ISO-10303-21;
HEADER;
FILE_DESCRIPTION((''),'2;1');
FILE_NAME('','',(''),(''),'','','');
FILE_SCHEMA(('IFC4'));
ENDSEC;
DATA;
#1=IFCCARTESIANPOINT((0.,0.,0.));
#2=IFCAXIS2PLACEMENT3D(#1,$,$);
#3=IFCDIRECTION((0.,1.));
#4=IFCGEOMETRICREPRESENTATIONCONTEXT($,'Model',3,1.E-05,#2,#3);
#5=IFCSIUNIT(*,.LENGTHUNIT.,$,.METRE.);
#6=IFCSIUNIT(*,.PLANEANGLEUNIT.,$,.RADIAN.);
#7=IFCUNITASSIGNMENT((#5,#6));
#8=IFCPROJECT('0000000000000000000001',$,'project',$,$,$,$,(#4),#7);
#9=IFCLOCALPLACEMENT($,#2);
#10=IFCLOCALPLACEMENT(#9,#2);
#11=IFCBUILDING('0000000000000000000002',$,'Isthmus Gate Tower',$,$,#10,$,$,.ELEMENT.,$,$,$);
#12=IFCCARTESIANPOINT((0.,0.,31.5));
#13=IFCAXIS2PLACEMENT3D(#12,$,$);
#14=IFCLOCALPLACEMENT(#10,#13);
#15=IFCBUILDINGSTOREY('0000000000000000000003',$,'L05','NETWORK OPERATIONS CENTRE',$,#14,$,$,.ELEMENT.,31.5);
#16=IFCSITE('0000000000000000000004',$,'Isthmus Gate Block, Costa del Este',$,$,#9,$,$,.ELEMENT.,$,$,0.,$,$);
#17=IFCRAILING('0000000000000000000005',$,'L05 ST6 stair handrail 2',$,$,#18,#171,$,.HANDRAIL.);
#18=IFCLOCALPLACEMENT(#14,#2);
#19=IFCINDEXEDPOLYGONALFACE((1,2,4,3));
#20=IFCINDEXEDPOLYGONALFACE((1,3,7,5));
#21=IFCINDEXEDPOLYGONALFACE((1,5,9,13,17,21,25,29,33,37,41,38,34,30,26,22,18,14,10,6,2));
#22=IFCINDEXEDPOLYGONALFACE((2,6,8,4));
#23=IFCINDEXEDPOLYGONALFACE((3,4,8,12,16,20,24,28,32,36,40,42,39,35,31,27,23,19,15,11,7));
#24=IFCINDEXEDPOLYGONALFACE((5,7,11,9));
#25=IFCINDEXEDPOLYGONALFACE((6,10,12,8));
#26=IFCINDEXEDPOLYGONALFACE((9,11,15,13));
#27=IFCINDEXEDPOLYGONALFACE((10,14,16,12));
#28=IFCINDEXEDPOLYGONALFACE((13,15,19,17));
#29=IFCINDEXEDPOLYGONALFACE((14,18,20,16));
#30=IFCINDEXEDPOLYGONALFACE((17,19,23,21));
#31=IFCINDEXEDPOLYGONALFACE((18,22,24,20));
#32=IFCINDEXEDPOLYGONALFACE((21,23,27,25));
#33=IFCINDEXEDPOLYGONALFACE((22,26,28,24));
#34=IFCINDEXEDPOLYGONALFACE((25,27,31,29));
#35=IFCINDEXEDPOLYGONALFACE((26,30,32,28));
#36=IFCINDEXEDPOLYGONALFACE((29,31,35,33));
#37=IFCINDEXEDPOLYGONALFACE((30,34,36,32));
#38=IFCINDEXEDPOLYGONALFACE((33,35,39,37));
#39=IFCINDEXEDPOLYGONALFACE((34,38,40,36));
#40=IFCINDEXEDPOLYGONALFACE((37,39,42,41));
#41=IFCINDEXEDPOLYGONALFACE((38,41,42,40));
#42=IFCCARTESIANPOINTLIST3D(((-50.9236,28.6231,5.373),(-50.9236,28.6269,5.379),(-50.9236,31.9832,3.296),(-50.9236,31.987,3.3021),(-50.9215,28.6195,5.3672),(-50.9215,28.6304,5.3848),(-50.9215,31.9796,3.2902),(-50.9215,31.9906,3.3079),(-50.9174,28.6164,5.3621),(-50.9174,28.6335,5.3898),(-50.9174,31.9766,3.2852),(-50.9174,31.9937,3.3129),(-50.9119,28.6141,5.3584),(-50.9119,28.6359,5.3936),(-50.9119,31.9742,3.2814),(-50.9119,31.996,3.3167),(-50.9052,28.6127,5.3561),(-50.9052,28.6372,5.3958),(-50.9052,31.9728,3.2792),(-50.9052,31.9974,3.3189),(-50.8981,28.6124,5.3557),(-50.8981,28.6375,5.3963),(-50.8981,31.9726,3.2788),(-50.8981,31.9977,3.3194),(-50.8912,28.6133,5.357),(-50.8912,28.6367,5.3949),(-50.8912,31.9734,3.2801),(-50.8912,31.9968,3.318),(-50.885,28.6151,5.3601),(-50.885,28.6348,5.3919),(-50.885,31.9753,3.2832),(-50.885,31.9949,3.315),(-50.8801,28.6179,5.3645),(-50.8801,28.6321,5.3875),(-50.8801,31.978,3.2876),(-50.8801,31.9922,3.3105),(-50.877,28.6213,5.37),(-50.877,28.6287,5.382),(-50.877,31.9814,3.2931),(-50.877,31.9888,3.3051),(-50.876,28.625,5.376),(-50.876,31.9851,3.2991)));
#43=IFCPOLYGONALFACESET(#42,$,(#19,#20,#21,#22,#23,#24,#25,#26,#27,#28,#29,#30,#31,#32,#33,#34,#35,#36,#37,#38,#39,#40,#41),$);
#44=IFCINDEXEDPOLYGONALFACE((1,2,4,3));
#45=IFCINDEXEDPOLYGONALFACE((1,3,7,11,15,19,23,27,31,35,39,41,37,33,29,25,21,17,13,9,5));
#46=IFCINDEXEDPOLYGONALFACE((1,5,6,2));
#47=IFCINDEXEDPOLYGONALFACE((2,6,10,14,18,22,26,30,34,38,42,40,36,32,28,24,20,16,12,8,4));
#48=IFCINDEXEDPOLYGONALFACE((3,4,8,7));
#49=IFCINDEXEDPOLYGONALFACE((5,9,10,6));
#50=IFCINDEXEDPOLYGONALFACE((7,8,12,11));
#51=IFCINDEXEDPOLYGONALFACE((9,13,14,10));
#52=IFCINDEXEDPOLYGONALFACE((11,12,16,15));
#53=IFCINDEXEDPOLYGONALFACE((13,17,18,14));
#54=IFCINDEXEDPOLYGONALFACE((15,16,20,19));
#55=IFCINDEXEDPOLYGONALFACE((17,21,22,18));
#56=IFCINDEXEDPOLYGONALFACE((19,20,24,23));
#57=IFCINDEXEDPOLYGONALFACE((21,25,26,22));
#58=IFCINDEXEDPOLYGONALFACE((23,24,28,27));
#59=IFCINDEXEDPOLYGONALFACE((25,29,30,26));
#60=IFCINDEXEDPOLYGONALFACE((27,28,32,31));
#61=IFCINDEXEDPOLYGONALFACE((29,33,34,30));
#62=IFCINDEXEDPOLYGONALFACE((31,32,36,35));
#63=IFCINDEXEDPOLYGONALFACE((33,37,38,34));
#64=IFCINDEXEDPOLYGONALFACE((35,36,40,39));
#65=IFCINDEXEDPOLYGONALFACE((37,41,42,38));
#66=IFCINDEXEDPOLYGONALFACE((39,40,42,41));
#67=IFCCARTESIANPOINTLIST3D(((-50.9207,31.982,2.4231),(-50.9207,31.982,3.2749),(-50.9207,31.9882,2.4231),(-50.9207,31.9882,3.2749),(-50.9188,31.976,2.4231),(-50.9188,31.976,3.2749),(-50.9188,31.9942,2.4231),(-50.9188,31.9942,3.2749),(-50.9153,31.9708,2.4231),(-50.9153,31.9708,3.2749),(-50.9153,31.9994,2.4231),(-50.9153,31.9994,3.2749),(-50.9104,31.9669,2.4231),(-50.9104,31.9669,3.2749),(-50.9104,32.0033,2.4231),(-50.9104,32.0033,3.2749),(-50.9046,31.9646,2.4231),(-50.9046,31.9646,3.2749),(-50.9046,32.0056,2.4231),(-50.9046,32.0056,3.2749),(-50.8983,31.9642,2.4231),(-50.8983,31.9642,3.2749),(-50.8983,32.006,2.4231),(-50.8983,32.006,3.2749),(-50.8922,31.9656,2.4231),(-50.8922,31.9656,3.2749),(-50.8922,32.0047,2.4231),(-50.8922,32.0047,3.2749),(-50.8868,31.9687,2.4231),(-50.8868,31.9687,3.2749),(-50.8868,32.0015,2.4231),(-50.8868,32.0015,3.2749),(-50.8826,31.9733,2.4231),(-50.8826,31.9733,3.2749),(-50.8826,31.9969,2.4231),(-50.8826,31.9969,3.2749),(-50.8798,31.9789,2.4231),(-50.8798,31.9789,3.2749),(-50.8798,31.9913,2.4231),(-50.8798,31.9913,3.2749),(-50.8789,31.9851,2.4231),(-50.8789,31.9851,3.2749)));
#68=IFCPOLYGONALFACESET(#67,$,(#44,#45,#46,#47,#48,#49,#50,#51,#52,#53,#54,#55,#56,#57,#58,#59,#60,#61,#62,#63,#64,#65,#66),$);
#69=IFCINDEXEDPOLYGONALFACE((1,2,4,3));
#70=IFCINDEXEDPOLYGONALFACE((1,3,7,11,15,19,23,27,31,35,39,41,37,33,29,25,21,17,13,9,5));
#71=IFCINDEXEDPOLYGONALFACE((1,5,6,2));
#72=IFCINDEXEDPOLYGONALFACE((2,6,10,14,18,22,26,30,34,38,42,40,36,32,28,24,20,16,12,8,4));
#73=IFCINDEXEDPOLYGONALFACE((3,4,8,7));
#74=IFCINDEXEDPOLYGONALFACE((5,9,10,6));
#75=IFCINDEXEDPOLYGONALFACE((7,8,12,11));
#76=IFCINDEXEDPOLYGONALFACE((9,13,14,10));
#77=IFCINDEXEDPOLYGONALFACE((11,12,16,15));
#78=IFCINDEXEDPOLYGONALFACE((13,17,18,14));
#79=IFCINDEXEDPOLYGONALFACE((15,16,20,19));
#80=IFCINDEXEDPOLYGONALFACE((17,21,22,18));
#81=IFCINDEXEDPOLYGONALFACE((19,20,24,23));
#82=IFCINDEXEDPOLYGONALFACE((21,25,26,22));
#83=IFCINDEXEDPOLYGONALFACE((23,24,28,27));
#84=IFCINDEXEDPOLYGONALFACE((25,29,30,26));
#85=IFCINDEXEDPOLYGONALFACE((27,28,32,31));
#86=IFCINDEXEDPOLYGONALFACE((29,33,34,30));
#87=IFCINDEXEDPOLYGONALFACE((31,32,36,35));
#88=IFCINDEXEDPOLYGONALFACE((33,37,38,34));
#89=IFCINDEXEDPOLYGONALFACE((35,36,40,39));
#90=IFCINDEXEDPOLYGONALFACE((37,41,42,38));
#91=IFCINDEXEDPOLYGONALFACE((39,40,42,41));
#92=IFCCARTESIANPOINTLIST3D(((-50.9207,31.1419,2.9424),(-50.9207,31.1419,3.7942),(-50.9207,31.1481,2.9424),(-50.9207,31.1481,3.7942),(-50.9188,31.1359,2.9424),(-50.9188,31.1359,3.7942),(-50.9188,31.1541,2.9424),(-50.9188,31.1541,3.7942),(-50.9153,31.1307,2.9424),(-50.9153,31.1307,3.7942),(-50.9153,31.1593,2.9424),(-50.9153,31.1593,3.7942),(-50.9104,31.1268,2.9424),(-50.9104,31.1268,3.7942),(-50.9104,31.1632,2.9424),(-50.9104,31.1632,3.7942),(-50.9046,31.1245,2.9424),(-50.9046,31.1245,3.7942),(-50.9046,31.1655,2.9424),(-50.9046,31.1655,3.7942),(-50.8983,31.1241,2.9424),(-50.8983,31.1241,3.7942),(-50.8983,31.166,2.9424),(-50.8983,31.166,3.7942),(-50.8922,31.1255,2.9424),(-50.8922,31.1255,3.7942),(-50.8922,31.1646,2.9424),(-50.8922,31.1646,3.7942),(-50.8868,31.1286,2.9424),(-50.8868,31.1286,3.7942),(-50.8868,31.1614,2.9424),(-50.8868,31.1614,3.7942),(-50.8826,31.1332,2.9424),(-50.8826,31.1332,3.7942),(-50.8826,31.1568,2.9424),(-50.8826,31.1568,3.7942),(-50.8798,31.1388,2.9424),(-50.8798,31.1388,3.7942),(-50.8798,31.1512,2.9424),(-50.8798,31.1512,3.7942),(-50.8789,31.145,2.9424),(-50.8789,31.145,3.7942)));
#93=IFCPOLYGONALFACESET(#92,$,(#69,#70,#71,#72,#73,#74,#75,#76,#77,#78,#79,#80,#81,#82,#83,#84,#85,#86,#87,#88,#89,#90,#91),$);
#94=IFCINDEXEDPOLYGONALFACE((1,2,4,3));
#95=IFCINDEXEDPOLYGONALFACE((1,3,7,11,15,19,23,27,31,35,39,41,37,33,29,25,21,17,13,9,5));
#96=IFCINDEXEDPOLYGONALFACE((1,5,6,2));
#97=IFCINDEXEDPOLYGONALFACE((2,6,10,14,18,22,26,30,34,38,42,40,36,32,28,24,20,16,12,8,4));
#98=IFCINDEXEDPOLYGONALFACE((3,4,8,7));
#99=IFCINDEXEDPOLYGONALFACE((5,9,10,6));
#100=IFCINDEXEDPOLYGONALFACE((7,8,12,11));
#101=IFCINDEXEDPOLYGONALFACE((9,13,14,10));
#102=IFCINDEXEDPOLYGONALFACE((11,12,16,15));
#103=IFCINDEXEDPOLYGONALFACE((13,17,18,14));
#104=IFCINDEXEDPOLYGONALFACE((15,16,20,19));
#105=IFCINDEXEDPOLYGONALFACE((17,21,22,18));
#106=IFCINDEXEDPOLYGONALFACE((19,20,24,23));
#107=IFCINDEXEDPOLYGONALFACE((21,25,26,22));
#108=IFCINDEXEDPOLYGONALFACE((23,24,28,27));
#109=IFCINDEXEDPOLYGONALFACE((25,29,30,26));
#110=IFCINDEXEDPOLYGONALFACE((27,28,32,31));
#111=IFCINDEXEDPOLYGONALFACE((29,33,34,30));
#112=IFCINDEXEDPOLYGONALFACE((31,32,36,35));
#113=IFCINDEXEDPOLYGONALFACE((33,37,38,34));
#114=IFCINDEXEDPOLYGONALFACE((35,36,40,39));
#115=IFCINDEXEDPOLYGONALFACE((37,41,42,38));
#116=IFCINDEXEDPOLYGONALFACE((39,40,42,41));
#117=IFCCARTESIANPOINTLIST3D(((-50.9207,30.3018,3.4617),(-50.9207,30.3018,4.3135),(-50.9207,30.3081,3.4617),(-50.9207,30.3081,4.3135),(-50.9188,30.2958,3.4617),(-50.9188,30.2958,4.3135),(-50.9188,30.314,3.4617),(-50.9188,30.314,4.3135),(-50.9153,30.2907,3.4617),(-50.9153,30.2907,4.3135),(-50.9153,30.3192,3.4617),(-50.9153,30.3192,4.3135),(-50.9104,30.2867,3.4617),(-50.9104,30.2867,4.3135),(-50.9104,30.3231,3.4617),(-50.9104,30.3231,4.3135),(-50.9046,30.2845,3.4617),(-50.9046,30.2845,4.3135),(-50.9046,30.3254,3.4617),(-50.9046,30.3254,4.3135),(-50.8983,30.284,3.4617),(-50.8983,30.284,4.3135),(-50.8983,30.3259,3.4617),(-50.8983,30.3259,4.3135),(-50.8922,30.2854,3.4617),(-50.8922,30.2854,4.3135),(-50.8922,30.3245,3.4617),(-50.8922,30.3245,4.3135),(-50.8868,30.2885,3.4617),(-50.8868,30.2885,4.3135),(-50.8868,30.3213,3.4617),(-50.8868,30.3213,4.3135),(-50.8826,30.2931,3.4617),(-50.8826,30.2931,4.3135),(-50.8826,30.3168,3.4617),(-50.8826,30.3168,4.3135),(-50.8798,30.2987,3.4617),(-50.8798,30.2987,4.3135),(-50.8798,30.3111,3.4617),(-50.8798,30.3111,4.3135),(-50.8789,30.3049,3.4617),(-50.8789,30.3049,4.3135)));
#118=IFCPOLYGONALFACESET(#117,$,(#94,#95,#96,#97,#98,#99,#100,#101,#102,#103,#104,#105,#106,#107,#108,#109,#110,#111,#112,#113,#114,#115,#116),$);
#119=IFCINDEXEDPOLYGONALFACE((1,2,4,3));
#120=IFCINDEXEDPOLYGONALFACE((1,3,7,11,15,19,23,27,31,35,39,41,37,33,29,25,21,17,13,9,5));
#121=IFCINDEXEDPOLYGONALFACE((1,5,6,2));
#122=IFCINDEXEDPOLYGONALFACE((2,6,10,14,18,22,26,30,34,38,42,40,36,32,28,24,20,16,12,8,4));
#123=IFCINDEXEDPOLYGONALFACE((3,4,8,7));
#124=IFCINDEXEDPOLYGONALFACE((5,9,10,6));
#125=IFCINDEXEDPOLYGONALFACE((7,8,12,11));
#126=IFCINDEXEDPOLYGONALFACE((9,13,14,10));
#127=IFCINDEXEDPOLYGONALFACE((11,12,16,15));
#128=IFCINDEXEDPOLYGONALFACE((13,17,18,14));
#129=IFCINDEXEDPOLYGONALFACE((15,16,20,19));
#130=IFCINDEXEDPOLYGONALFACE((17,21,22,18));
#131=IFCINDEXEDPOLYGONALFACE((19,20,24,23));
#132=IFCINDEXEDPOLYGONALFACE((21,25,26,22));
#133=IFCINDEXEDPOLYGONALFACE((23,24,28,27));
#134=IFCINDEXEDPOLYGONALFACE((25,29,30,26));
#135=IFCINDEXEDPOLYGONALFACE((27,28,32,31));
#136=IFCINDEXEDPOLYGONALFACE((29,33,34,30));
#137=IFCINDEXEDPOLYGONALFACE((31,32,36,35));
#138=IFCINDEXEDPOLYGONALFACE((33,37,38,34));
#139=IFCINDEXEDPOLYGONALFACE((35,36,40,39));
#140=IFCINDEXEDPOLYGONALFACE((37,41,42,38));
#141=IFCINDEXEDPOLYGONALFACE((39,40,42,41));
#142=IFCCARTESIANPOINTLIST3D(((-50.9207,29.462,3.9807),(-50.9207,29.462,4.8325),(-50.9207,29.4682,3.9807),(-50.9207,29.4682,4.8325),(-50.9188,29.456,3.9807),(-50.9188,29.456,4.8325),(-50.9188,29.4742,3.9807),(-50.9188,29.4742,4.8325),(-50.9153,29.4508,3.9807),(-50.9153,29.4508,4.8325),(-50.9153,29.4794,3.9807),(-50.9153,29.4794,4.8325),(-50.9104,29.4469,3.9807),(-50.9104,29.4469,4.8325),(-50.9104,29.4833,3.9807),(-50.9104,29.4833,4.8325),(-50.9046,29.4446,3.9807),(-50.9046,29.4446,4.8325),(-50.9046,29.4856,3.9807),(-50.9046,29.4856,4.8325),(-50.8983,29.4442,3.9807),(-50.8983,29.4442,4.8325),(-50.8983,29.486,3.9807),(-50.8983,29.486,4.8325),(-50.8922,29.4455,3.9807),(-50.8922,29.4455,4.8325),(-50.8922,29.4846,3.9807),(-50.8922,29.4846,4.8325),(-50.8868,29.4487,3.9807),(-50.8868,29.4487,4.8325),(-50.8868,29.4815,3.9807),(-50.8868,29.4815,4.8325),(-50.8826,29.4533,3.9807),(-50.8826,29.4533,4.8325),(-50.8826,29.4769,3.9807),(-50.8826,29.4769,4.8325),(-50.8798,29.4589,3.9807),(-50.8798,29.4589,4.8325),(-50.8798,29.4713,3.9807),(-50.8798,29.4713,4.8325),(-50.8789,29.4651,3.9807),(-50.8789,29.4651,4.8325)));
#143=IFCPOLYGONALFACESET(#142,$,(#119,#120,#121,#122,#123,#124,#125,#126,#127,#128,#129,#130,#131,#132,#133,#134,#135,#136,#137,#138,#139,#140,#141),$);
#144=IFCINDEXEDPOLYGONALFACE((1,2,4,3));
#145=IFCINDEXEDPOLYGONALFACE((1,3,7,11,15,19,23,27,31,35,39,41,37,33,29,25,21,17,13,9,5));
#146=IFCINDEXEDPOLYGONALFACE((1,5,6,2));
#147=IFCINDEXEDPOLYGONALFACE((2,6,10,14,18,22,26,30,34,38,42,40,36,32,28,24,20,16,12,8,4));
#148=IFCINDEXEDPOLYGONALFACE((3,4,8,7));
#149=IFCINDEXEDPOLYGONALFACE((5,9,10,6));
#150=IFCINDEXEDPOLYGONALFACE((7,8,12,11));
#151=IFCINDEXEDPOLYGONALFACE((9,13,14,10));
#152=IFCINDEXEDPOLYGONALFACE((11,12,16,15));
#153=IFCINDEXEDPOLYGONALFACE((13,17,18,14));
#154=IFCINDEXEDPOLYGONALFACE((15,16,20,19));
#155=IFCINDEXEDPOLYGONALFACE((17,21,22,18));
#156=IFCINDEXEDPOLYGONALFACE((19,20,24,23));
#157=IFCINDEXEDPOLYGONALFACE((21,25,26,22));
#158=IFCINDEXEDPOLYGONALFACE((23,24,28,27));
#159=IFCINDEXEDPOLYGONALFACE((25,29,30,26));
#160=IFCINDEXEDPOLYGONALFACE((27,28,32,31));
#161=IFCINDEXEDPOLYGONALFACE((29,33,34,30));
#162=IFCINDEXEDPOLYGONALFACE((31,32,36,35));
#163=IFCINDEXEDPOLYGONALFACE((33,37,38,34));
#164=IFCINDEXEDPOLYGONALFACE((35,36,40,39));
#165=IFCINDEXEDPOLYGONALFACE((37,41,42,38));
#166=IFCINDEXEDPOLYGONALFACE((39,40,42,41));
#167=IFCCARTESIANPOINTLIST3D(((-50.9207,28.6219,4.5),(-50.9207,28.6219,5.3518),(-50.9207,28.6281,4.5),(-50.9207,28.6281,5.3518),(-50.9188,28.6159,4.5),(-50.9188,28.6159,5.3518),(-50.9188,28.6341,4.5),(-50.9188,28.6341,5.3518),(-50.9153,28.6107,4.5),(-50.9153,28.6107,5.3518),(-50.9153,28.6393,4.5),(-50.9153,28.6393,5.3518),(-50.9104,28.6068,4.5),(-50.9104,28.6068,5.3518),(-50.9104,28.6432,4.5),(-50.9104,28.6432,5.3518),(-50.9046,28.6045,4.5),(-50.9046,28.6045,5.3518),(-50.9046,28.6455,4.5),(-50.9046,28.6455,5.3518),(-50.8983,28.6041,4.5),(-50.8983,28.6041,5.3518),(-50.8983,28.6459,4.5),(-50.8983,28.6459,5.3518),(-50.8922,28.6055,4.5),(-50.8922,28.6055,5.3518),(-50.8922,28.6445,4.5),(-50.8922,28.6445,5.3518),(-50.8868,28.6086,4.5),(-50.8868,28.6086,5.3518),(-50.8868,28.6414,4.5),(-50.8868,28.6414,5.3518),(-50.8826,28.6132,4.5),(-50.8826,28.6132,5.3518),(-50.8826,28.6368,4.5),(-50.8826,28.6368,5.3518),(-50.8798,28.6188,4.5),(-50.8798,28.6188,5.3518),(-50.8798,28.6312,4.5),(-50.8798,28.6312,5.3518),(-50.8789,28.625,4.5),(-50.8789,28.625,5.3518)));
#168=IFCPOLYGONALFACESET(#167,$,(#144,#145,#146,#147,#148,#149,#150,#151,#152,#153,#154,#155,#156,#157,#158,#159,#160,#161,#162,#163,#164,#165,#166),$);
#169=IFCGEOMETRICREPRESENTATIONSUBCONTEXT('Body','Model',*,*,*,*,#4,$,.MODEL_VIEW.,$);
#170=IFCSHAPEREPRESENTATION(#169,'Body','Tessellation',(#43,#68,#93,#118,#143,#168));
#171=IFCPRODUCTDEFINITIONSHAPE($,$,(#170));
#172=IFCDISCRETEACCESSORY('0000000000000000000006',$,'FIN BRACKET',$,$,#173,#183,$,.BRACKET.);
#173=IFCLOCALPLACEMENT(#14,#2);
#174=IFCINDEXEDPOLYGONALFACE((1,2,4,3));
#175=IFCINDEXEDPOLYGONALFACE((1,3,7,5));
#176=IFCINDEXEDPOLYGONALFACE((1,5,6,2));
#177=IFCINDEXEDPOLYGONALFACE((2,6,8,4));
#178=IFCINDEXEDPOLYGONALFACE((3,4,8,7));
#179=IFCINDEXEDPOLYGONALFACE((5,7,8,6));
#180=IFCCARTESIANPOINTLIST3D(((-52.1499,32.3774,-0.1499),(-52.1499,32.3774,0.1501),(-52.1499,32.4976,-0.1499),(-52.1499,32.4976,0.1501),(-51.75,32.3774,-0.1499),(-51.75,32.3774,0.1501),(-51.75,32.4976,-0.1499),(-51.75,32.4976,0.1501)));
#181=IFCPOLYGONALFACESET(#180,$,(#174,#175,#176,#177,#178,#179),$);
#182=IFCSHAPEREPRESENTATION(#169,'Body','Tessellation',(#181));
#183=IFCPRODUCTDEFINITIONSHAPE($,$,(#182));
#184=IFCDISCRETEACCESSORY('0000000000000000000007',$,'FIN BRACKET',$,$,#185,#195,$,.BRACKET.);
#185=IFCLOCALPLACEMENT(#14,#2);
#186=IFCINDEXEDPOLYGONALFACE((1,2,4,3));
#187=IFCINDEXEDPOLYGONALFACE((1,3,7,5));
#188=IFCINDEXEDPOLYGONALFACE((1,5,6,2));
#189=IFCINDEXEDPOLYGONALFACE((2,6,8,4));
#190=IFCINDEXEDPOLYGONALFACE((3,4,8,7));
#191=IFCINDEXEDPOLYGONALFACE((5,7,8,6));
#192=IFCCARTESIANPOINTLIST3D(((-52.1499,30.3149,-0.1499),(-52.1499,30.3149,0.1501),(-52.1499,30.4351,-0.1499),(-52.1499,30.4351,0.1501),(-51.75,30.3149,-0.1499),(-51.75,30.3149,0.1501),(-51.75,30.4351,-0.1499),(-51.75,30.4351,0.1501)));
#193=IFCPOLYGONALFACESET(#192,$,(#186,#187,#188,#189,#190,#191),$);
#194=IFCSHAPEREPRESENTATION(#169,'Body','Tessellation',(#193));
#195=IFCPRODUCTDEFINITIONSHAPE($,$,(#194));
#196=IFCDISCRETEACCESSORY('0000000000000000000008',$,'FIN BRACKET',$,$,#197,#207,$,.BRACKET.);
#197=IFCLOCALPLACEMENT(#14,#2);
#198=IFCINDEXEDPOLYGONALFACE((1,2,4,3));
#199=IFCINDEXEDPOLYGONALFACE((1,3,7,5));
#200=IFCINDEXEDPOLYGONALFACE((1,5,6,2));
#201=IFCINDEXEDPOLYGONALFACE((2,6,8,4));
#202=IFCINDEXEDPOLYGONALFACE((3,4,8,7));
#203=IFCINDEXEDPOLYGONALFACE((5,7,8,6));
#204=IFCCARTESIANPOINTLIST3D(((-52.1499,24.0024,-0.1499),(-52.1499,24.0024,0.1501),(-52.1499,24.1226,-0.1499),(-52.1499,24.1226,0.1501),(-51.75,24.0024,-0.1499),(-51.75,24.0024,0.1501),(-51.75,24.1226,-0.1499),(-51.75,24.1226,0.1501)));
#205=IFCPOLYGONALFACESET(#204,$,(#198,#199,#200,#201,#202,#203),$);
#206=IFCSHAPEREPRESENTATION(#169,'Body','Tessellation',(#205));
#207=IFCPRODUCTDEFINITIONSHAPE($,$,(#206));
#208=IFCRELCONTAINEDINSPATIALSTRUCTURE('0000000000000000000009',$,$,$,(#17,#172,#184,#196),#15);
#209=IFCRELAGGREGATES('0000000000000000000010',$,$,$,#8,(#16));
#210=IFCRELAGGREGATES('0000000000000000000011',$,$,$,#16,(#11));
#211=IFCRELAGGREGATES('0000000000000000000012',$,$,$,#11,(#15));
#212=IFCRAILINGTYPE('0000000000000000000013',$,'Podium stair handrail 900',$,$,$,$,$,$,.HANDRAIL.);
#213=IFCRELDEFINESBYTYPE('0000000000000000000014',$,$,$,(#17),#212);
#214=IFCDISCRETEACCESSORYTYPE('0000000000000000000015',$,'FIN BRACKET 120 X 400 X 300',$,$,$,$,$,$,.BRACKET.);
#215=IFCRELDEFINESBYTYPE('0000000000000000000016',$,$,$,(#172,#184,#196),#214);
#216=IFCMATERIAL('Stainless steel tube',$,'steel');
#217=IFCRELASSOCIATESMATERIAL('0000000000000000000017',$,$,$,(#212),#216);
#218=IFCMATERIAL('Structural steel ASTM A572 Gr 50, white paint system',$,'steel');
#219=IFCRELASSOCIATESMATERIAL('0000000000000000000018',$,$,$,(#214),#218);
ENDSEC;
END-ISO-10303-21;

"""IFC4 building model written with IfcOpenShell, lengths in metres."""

from ifc_helpers import new_model, si_unit, direction, frame, origin, origin_2d, place, context, subcontext, project, spatial, rectangle, circle, extrude, material, type_object, element, save


model = new_model("IFC4")

# Units and contexts
model_context = context("Model", 3, precision=1e-05, world=origin(), true_north=direction((0.0, 1.0)))
body_context = subcontext(model_context, "Body", "Model", "MODEL_VIEW")
ifc_project = project(units=[si_unit("LENGTHUNIT", "METRE"), si_unit("PLANEANGLEUNIT", "RADIAN")], contexts=[model_context])

# Site, building, storey
site_placement = place(None, origin())
site = spatial("IfcSite", under=ifc_project, at=site_placement, Name="Isthmus Gate Block, Costa del Este", CompositionType="ELEMENT", RefElevation=0.0)
building_placement = place(site_placement, origin())
building = spatial("IfcBuilding", under=site, at=building_placement, Name="Isthmus Gate Tower", CompositionType="ELEMENT")
storey_placement = place(building_placement, frame((0.0, 0.0, 31.5)))
storey = spatial("IfcBuildingStorey", under=building, at=storey_placement, Name="L05", Description="NETWORK OPERATIONS CENTRE", CompositionType="ELEMENT", Elevation=31.5)

# Railing
ifc_material_1 = material(Name="Stainless steel tube", Category="steel")
railing_type_1 = type_object("IfcRailingType", Name="Podium stair handrail 900", PredefinedType="HANDRAIL", material=ifc_material_1)
railing_1_placement = place(storey_placement, frame((-50.8999, 31.9851, 2.4231)))
element("IfcRailing", 1, at=railing_1_placement, inside=storey, type_object=railing_type_1, Name="L05 ST6 stair handrail 2", PredefinedType="HANDRAIL", context=body_context, shape_type="SweptSolid", body=[
    extrude(circle(Radius=0.0239, at=origin_2d()), frame((0.0, 0.0, 0.876), z_axis=(0.0, -0.850623, 0.525776), x_axis=(1.0, 0.0, 0.0)), (0.0, 0.0, 1.0), 3.9502),
    extrude(circle(Radius=0.021, at=origin_2d()), origin(), (0.0, 0.0, 1.0), 0.8518),
    extrude(circle(Radius=0.021, at=origin_2d()), frame((0.0, -0.8401, 0.5193)), (0.0, 0.0, 1.0), 0.8518),
    extrude(circle(Radius=0.021, at=origin_2d()), frame((0.0, -1.6802, 1.0386)), (0.0, 0.0, 1.0), 0.8518),
    extrude(circle(Radius=0.021, at=origin_2d()), frame((0.0, -2.52, 1.5576)), (0.0, 0.0, 1.0), 0.8518),
    extrude(circle(Radius=0.021, at=origin_2d()), frame((0.0, -3.3601, 2.0769)), (0.0, 0.0, 1.0), 0.8518),
])

# Discrete accessories
ifc_material_2 = material(Name="Structural steel ASTM A572 Gr 50, white paint system", Category="steel")
discrete_accessory_type = type_object("IfcDiscreteAccessoryType", Name="FIN BRACKET 120 X 400 X 300", PredefinedType="BRACKET", material=ifc_material_2)
for number, where, z_axis, x_axis, name in (
    (2, (-51.95, 32.4375, -0.1499), (0.0, 0.0, 1.0), (-1.0, 0.0, 0.0), "FIN BRACKET"),
    (3, (-51.95, 30.375, -0.1499), (0.0, 0.0, 1.0), (-1.0, 0.0, 0.0), "FIN BRACKET"),
    (4, (-51.95, 24.0625, -0.1499), (0.0, 0.0, 1.0), (-1.0, 0.0, 0.0), "FIN BRACKET"),
):
    element("IfcDiscreteAccessory", number, at=place(storey_placement, frame(where, z_axis=z_axis, x_axis=x_axis)), inside=storey, type_object=discrete_accessory_type, Name=name, PredefinedType="BRACKET", context=body_context, shape_type="SweptSolid", body=[
        extrude(rectangle(XDim=0.3999, YDim=0.1201, at=origin_2d()), origin(), (0.0, 0.0, 1.0), 0.3),
    ])

save(model, "model.ifc")
